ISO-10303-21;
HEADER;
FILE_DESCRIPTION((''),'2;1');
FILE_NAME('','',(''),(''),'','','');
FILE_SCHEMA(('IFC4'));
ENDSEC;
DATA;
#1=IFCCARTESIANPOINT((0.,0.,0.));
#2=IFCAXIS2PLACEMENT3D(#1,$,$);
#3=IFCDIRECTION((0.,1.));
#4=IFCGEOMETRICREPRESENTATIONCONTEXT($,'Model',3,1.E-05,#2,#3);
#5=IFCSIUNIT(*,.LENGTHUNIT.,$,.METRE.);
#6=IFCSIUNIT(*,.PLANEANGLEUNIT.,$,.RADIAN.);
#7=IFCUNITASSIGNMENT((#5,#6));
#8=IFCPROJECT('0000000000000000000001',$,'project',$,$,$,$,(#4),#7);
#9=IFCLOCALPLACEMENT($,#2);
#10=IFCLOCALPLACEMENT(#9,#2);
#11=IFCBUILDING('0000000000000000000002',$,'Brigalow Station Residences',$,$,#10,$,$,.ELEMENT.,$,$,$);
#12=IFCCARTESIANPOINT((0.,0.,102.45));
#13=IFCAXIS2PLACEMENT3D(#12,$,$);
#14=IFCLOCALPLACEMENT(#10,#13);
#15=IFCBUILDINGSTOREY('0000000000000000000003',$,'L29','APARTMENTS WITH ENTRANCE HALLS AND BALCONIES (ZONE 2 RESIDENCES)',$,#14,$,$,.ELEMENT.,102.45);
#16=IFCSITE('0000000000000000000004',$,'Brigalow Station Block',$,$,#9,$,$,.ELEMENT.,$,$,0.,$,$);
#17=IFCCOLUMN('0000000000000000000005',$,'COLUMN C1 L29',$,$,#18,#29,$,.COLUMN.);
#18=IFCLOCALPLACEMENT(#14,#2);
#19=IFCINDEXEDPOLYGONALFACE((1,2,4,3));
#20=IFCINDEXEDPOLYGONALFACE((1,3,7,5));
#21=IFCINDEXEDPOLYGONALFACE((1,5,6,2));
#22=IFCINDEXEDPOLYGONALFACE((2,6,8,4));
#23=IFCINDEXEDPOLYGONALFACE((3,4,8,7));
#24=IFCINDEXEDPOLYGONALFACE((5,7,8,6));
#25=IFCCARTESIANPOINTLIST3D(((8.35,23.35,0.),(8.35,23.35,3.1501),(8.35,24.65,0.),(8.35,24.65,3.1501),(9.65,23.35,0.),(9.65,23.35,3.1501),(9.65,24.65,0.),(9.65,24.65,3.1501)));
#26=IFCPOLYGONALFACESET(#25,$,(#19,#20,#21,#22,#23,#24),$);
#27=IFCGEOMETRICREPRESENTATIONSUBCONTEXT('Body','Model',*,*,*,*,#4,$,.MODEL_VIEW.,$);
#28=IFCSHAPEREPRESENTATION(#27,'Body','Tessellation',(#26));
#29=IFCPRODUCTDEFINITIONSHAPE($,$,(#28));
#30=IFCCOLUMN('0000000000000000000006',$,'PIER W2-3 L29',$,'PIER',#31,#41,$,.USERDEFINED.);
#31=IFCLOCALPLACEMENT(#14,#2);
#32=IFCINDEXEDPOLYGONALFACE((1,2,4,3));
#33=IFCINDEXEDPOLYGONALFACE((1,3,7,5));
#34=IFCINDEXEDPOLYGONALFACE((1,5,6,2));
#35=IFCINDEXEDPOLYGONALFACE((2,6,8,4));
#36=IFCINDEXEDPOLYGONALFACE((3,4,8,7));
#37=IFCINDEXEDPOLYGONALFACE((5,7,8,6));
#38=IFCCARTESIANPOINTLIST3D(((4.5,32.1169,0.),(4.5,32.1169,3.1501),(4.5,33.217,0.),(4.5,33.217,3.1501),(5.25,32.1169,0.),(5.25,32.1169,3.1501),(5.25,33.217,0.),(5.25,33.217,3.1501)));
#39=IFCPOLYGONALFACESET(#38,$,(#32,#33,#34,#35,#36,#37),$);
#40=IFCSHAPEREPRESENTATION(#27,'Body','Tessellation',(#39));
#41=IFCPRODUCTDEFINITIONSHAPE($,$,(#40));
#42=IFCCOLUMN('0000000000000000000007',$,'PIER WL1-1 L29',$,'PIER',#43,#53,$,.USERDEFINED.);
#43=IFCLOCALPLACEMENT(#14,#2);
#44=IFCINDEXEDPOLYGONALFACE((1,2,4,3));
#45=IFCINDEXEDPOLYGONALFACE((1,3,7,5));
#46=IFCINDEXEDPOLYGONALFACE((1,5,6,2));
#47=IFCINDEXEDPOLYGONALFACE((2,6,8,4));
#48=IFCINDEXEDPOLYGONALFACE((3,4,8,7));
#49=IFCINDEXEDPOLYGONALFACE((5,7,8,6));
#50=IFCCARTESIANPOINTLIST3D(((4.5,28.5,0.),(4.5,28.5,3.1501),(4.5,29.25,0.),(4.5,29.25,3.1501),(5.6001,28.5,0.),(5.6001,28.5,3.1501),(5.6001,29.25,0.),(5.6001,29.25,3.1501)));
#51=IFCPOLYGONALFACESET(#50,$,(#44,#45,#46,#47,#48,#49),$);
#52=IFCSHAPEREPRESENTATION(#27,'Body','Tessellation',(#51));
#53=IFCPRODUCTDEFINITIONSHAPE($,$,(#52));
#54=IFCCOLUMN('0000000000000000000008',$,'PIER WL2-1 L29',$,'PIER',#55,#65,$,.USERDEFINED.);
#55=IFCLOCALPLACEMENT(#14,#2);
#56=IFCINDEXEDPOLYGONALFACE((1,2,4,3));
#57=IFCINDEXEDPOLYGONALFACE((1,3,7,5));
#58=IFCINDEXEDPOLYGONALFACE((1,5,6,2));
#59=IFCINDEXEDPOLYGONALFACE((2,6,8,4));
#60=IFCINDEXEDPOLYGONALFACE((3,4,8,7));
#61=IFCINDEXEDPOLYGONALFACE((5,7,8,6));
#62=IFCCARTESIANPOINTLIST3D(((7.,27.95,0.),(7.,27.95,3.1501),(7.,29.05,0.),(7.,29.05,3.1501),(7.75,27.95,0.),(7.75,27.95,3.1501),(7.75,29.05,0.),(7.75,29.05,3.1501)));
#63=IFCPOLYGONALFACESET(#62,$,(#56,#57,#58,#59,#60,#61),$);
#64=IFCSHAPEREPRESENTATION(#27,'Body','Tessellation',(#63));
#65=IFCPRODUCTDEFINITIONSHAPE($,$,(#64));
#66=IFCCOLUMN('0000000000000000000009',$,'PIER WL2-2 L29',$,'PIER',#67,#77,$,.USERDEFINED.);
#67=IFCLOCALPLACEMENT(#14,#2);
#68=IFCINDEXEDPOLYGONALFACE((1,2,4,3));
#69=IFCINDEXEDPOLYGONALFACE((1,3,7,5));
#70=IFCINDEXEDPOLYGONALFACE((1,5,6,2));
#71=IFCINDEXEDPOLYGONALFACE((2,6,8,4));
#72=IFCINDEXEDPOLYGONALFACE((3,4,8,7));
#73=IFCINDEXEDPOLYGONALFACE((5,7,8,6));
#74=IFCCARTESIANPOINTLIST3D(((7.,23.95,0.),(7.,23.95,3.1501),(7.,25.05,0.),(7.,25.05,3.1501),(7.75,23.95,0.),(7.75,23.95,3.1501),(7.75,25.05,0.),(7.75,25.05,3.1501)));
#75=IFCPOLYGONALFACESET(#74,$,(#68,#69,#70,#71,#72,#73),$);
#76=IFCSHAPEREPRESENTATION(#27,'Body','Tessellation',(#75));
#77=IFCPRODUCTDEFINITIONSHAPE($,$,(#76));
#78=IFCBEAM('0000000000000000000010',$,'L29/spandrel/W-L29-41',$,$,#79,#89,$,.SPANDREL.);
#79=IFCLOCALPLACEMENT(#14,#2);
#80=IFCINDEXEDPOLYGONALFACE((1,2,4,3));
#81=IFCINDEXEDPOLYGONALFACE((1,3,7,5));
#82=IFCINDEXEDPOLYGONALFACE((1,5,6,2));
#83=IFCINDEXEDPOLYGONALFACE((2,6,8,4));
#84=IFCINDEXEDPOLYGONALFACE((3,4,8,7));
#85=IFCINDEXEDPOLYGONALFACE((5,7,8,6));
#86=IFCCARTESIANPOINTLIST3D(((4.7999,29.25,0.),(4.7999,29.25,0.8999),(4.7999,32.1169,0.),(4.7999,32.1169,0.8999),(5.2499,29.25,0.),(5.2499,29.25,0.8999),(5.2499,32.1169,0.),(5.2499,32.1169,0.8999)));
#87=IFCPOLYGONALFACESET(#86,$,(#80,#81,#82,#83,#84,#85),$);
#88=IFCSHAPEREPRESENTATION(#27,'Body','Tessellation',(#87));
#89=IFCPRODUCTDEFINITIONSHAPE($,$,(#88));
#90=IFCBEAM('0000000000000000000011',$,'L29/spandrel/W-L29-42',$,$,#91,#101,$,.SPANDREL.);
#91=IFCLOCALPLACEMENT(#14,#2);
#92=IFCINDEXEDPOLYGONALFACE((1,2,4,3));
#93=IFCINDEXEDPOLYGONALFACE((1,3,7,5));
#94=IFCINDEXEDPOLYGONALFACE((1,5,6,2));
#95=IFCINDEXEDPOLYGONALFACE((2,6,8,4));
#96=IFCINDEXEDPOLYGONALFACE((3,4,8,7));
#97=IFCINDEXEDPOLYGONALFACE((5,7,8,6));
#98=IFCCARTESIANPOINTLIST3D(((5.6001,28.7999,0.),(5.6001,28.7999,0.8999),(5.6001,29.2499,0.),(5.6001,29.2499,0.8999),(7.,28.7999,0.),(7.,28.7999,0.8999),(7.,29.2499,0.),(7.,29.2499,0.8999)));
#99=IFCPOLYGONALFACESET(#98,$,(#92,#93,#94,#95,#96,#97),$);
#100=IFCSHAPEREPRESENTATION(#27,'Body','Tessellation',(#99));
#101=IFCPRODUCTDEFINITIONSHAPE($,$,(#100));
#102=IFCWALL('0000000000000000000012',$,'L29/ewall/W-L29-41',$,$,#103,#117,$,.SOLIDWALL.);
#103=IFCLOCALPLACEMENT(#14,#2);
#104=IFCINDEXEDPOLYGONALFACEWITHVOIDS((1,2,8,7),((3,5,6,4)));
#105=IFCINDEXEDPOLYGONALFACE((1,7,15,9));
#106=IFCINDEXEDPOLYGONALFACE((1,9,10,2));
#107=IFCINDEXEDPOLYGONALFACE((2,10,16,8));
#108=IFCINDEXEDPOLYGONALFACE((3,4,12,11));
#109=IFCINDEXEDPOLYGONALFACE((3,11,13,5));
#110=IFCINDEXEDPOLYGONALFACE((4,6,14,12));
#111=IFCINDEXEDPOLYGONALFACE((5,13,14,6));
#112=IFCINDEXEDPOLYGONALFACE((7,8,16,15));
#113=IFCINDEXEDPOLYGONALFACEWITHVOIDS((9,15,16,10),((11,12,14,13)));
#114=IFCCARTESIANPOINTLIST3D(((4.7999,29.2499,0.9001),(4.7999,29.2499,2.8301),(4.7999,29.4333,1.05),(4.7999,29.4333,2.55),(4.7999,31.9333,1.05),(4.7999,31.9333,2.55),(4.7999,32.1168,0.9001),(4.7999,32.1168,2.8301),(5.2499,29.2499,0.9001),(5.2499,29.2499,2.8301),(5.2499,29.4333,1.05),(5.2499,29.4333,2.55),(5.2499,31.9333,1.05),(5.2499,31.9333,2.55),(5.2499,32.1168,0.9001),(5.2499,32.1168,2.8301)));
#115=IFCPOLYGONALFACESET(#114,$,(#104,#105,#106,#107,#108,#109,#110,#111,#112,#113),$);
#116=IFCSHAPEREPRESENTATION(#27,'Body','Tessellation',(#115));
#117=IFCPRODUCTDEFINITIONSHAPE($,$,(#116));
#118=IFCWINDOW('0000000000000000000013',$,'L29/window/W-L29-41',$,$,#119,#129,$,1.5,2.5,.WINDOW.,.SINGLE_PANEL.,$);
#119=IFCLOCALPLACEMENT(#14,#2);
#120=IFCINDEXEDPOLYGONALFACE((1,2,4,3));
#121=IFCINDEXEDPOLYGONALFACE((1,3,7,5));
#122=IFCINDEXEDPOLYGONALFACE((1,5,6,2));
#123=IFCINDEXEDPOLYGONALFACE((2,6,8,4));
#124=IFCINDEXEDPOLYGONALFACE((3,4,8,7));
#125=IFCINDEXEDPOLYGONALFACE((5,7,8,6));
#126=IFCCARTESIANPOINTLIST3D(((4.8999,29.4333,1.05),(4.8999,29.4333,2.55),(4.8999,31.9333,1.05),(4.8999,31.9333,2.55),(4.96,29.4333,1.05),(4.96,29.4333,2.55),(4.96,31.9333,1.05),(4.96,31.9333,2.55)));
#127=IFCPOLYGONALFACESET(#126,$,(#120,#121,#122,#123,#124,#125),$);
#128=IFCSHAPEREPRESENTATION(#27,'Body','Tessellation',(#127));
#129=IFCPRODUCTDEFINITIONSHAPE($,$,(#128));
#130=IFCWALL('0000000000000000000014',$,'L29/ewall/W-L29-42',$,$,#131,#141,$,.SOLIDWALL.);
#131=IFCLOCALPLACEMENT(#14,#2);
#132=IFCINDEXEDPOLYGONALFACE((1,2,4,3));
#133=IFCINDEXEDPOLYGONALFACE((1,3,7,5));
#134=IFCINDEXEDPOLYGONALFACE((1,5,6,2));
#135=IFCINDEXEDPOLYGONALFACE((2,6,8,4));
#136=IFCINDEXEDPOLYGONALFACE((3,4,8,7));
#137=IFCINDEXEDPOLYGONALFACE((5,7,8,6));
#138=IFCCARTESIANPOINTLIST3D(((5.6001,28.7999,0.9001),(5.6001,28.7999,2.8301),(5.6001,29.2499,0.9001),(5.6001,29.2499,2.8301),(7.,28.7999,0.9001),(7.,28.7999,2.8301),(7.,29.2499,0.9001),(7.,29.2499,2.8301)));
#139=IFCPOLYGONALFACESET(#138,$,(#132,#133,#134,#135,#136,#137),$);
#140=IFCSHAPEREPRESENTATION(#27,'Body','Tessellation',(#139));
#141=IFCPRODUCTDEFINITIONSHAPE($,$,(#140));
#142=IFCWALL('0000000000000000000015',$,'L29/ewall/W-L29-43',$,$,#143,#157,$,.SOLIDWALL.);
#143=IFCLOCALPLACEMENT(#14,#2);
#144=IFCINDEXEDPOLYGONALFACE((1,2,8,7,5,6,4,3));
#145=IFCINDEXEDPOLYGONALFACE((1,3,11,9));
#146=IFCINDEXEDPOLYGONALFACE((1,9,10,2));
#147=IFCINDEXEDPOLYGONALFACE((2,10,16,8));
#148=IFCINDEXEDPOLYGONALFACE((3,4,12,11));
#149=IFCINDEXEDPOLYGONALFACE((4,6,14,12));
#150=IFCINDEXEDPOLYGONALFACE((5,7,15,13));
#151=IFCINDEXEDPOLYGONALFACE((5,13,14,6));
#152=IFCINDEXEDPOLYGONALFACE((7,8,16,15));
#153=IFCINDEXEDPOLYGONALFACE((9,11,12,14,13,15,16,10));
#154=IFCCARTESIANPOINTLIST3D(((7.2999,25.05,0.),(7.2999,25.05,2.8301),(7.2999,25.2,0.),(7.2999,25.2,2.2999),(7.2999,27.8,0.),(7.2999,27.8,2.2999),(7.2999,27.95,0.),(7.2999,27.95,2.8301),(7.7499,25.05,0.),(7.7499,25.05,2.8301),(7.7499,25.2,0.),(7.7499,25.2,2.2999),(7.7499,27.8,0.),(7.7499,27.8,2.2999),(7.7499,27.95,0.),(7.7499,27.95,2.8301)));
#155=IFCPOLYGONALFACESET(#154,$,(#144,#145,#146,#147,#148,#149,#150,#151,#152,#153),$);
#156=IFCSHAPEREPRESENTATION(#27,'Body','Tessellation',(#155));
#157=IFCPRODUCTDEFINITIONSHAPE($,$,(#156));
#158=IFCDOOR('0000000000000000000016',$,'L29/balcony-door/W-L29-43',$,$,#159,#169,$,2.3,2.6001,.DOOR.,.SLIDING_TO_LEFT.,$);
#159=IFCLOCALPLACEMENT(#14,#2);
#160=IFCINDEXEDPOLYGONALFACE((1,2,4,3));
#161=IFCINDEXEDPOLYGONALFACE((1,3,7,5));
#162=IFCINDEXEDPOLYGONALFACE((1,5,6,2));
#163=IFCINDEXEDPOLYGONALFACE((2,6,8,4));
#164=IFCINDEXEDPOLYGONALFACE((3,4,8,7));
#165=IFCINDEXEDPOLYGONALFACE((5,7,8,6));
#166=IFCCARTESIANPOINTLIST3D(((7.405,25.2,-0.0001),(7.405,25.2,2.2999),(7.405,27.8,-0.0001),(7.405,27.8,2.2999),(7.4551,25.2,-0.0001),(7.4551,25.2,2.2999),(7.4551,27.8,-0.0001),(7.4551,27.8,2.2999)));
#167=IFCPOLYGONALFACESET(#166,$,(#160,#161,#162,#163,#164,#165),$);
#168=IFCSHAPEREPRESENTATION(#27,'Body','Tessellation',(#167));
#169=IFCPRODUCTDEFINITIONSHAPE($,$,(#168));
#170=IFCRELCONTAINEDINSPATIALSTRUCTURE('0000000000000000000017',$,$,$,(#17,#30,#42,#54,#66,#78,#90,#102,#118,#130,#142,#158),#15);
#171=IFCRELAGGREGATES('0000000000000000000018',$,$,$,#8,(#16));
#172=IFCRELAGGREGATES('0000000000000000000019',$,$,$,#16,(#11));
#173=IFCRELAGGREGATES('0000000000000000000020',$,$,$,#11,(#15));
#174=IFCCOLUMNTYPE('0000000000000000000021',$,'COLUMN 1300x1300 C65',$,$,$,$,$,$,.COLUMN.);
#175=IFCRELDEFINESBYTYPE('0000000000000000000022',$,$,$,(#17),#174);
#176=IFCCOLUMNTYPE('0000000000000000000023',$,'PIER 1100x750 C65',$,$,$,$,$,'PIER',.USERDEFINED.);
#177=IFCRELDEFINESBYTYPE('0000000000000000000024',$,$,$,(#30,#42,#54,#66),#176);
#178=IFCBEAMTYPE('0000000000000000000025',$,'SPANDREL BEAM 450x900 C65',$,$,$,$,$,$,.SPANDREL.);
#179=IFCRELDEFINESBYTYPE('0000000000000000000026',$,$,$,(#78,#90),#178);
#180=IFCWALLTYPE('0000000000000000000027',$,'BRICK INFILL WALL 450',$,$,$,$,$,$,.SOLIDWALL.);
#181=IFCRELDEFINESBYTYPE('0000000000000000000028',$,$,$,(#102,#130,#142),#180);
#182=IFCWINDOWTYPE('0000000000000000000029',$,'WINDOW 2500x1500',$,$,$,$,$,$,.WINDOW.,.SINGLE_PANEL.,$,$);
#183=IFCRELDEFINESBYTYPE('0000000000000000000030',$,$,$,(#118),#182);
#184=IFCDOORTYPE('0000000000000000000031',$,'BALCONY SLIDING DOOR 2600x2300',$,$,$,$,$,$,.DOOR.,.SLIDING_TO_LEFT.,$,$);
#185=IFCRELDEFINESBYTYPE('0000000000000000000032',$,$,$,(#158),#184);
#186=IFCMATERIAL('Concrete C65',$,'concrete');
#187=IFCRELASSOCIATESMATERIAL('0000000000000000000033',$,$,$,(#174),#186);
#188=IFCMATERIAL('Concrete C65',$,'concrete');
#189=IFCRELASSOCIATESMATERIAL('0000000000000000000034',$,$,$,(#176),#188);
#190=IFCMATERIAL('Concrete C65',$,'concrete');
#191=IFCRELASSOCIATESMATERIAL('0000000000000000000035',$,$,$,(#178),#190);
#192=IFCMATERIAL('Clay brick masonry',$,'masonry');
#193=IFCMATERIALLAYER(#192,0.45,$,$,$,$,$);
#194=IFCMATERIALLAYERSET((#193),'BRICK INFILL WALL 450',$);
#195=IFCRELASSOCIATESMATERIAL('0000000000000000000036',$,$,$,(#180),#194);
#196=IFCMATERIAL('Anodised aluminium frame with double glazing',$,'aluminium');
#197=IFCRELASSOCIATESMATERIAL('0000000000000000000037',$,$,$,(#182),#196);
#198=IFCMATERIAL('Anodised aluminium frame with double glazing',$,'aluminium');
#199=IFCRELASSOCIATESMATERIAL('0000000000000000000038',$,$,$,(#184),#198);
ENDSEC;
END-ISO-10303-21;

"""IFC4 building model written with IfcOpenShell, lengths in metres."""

from ifc_helpers import new_model, si_unit, direction, frame, frame_2d, origin, origin_2d, place, context, subcontext, project, spatial, rectangle, extrude, material, layer, layer_set, material_profile, profile_set, type_object, element, fill, save


model = new_model("IFC4")

# Units and contexts
model_context = context("Model", 3, precision=1e-05, world=origin(), true_north=direction((0.0, 1.0)))
body_context = subcontext(model_context, "Body", "Model", "MODEL_VIEW")
ifc_project = project(units=[si_unit("LENGTHUNIT", "METRE"), si_unit("PLANEANGLEUNIT", "RADIAN")], contexts=[model_context])

# Site, building, storey
site_placement = place(None, origin())
site = spatial("IfcSite", under=ifc_project, at=site_placement, Name="Brigalow Station Block", CompositionType="ELEMENT", RefElevation=0.0)
building_placement = place(site_placement, origin())
building = spatial("IfcBuilding", under=site, at=building_placement, Name="Brigalow Station Residences", CompositionType="ELEMENT")
storey_placement = place(building_placement, frame((0.0, 0.0, 102.45)))
storey = spatial("IfcBuildingStorey", under=building, at=storey_placement, Name="L29", Description="APARTMENTS WITH ENTRANCE HALLS AND BALCONIES (ZONE 2 RESIDENCES)", CompositionType="ELEMENT", Elevation=102.45)

# Columns
ifc_material_1 = material(Name="Concrete C65", Category="concrete")
ifc_material_profile_1 = material_profile(ifc_material_1, rectangle(XDim=1.3, YDim=1.3, at=origin_2d()), Name="RC1300x1300")
ifc_profile_set_1 = profile_set([ifc_material_profile_1], Name="Concrete C65")
column_type_1 = type_object("IfcColumnType", Name="COLUMN 1300x1300 C65", PredefinedType="COLUMN", material=ifc_profile_set_1)
column_placement = place(storey_placement, frame((9.0, 24.0, 0.0), z_axis=(0.0, 0.0, 1.0), x_axis=(1.0, 0.0, 0.0)))
element("IfcColumn", 1, at=column_placement, inside=storey, type_object=column_type_1, Name="COLUMN C1 L29", PredefinedType="COLUMN", context=body_context, shape_type="SweptSolid", body=[
    extrude(rectangle(XDim=1.3, YDim=1.3, at=origin_2d()), origin(), (0.0, 0.0, 1.0), 3.1501),
])
ifc_material_2 = material(Name="Concrete C65", Category="concrete")
ifc_material_profile_2 = material_profile(ifc_material_2, rectangle(XDim=1.1001, YDim=0.75, at=origin_2d()), Name="RC1100x750")
ifc_profile_set_2 = profile_set([ifc_material_profile_2], Name="Concrete C65")
column_type_2 = type_object("IfcColumnType", Name="PIER 1100x750 C65", ElementType="PIER", PredefinedType="USERDEFINED", material=ifc_profile_set_2)
for number, where, z_axis, x_axis, name in (
    (2, (4.875, 32.667, 0.0), (0.0, 0.0, 1.0), (0.0, -1.0, 0.0), "PIER W2-3 L29"),
    (3, (5.05, 28.875, 0.0), (0.0, 0.0, 1.0), (1.0, 0.0, 0.0), "PIER WL1-1 L29"),
    (4, (7.375, 28.5, 0.0), (0.0, 0.0, 1.0), (0.0, -1.0, 0.0), "PIER WL2-1 L29"),
    (5, (7.375, 24.5, 0.0), (0.0, 0.0, 1.0), (0.0, -1.0, 0.0), "PIER WL2-2 L29"),
):
    element("IfcColumn", number, at=place(storey_placement, frame(where, z_axis=z_axis, x_axis=x_axis)), inside=storey, type_object=column_type_2, Name=name, ObjectType="PIER", PredefinedType="USERDEFINED", context=body_context, shape_type="SweptSolid", body=[
        extrude(rectangle(XDim=1.1001, YDim=0.75, at=origin_2d()), origin(), (0.0, 0.0, 1.0), 3.1501),
    ])

# Beams
ifc_material_3 = material(Name="Concrete C65", Category="concrete")
ifc_material_profile_3 = material_profile(ifc_material_3, rectangle(XDim=0.45, YDim=0.8999, at=origin_2d()), Name="RC450x900")
ifc_profile_set_3 = profile_set([ifc_material_profile_3], Name="Concrete C65")
beam_type = type_object("IfcBeamType", Name="SPANDREL BEAM 450x900 C65", PredefinedType="SPANDREL", material=ifc_profile_set_3)
beam_1_placement = place(storey_placement, frame((5.0249, 32.1169, 0.45), z_axis=(0.0, -1.0, 0.0), x_axis=(1.0, 0.0, 0.0)))
element("IfcBeam", 6, at=beam_1_placement, inside=storey, type_object=beam_type, Name="L29/spandrel/W-L29-41", PredefinedType="SPANDREL", context=body_context, shape_type="SweptSolid", body=[
    extrude(rectangle(XDim=0.45, YDim=0.8999, at=origin_2d()), origin(), (0.0, 0.0, 1.0), 2.8669),
])
beam_2_placement = place(storey_placement, frame((5.6001, 29.0249, 0.45), z_axis=(1.0, 0.0, 0.0), x_axis=(0.0, 1.0, 0.0)))
element("IfcBeam", 7, at=beam_2_placement, inside=storey, type_object=beam_type, Name="L29/spandrel/W-L29-42", PredefinedType="SPANDREL", context=body_context, shape_type="SweptSolid", body=[
    extrude(rectangle(XDim=0.45, YDim=0.8999, at=origin_2d()), origin(), (0.0, 0.0, 1.0), 1.3999),
])

# Wall, opening, window
ifc_material_4 = material(Name="Clay brick masonry", Category="masonry")
ifc_layer_1 = layer(ifc_material_4, 0.45)
ifc_layer_set_1 = layer_set([ifc_layer_1], Name="BRICK INFILL WALL 450")
wall_type_1 = type_object("IfcWallType", Name="BRICK INFILL WALL 450", PredefinedType="SOLIDWALL", material=ifc_layer_set_1)
wall_1_placement = place(storey_placement, frame((5.0249, 32.1169, 0.9001), z_axis=(0.0, 0.0, 1.0), x_axis=(0.0, -1.0, 0.0)))
wall_1 = element("IfcWall", 8, at=wall_1_placement, inside=storey, type_object=wall_type_1, Name="L29/ewall/W-L29-41", PredefinedType="SOLIDWALL", context=body_context, shape_type="SweptSolid", body=[
    extrude(rectangle(XDim=2.8669, YDim=0.45, at=frame_2d((1.4336, 0.0))), origin(), (0.0, 0.0, 1.0), 1.9299),
])
opening_1_placement = place(wall_1_placement, frame((0.1836, 0.0, 0.1499)))
opening_1 = element("IfcOpeningElement", 9, at=opening_1_placement, cuts=wall_1, PredefinedType="OPENING", context=body_context, shape_type="SweptSolid", body=[
    extrude(rectangle(XDim=2.5, YDim=1.5, at=frame_2d((1.25, 0.75))), frame((0.0, 0.2349, 0.0), z_axis=(0.0, -1.0, 0.0), x_axis=(1.0, 0.0, 0.0)), (0.0, 0.0, 1.0), 0.47),
])
ifc_material_5 = material(Name="Anodised aluminium frame with double glazing", Category="aluminium")
window_type = type_object("IfcWindowType", Name="WINDOW 2500x1500", PartitioningType="SINGLE_PANEL", PredefinedType="WINDOW", material=ifc_material_5)
window_placement = place(opening_1_placement, origin())
window = element("IfcWindow", 10, at=window_placement, inside=storey, type_object=window_type, Name="L29/window/W-L29-41", OverallHeight=1.5, OverallWidth=2.5, PartitioningType="SINGLE_PANEL", PredefinedType="WINDOW", context=body_context, shape_type="SweptSolid", body=[
    extrude(rectangle(XDim=2.5, YDim=1.5, at=frame_2d((1.25, 0.75))), frame((0.0, -0.0649, 0.0), z_axis=(0.0, -1.0, 0.0), x_axis=(1.0, 0.0, 0.0)), (0.0, 0.0, 1.0), 0.0601),
])
fill(opening_1, window)

# Wall
wall_2_placement = place(storey_placement, frame((5.6001, 29.0249, 0.9001), z_axis=(0.0, 0.0, 1.0), x_axis=(1.0, 0.0, 0.0)))
element("IfcWall", 11, at=wall_2_placement, inside=storey, type_object=wall_type_1, Name="L29/ewall/W-L29-42", PredefinedType="SOLIDWALL", context=body_context, shape_type="SweptSolid", body=[
    extrude(rectangle(XDim=1.3999, YDim=0.45, at=frame_2d((0.7, 0.0))), origin(), (0.0, 0.0, 1.0), 1.9299),
])

# Wall, opening, door
wall_3_placement = place(storey_placement, frame((7.5249, 27.95, 0.0), z_axis=(0.0, 0.0, 1.0), x_axis=(0.0, -1.0, 0.0)))
wall_3 = element("IfcWall", 12, at=wall_3_placement, inside=storey, type_object=wall_type_1, Name="L29/ewall/W-L29-43", PredefinedType="SOLIDWALL", context=body_context, shape_type="SweptSolid", body=[
    extrude(rectangle(XDim=2.8999, YDim=0.45, at=frame_2d((1.45, 0.0))), origin(), (0.0, 0.0, 1.0), 2.8301),
])
opening_2_placement = place(wall_3_placement, frame((0.1499, 0.0, 0.0)))
opening_2 = element("IfcOpeningElement", 13, at=opening_2_placement, cuts=wall_3, PredefinedType="OPENING", context=body_context, shape_type="SweptSolid", body=[
    extrude(rectangle(XDim=2.6001, YDim=2.3, at=frame_2d((1.3, 1.1499))), frame((0.0, 0.2349, 0.0), z_axis=(0.0, -1.0, 0.0), x_axis=(1.0, 0.0, 0.0)), (0.0, 0.0, 1.0), 0.47),
])
ifc_material_6 = material(Name="Anodised aluminium frame with double glazing", Category="aluminium")
door_type_1 = type_object("IfcDoorType", Name="BALCONY SLIDING DOOR 2600x2300", OperationType="SLIDING_TO_LEFT", PredefinedType="DOOR", material=ifc_material_6)
door_1_placement = place(opening_2_placement, origin())
door_1 = element("IfcDoor", 14, at=door_1_placement, inside=storey, type_object=door_type_1, Name="L29/balcony-door/W-L29-43", OperationType="SLIDING_TO_LEFT", OverallHeight=2.3, OverallWidth=2.6001, PredefinedType="DOOR", context=body_context, shape_type="SweptSolid", body=[
    extrude(rectangle(XDim=2.6001, YDim=2.3, at=frame_2d((1.3, 1.1499))), frame((0.0, -0.0698, 0.0), z_axis=(0.0, -1.0, 0.0), x_axis=(1.0, 0.0, 0.0)), (0.0, 0.0, 1.0), 0.05),
])
fill(opening_2, door_1)

save(model, "model.ifc")
